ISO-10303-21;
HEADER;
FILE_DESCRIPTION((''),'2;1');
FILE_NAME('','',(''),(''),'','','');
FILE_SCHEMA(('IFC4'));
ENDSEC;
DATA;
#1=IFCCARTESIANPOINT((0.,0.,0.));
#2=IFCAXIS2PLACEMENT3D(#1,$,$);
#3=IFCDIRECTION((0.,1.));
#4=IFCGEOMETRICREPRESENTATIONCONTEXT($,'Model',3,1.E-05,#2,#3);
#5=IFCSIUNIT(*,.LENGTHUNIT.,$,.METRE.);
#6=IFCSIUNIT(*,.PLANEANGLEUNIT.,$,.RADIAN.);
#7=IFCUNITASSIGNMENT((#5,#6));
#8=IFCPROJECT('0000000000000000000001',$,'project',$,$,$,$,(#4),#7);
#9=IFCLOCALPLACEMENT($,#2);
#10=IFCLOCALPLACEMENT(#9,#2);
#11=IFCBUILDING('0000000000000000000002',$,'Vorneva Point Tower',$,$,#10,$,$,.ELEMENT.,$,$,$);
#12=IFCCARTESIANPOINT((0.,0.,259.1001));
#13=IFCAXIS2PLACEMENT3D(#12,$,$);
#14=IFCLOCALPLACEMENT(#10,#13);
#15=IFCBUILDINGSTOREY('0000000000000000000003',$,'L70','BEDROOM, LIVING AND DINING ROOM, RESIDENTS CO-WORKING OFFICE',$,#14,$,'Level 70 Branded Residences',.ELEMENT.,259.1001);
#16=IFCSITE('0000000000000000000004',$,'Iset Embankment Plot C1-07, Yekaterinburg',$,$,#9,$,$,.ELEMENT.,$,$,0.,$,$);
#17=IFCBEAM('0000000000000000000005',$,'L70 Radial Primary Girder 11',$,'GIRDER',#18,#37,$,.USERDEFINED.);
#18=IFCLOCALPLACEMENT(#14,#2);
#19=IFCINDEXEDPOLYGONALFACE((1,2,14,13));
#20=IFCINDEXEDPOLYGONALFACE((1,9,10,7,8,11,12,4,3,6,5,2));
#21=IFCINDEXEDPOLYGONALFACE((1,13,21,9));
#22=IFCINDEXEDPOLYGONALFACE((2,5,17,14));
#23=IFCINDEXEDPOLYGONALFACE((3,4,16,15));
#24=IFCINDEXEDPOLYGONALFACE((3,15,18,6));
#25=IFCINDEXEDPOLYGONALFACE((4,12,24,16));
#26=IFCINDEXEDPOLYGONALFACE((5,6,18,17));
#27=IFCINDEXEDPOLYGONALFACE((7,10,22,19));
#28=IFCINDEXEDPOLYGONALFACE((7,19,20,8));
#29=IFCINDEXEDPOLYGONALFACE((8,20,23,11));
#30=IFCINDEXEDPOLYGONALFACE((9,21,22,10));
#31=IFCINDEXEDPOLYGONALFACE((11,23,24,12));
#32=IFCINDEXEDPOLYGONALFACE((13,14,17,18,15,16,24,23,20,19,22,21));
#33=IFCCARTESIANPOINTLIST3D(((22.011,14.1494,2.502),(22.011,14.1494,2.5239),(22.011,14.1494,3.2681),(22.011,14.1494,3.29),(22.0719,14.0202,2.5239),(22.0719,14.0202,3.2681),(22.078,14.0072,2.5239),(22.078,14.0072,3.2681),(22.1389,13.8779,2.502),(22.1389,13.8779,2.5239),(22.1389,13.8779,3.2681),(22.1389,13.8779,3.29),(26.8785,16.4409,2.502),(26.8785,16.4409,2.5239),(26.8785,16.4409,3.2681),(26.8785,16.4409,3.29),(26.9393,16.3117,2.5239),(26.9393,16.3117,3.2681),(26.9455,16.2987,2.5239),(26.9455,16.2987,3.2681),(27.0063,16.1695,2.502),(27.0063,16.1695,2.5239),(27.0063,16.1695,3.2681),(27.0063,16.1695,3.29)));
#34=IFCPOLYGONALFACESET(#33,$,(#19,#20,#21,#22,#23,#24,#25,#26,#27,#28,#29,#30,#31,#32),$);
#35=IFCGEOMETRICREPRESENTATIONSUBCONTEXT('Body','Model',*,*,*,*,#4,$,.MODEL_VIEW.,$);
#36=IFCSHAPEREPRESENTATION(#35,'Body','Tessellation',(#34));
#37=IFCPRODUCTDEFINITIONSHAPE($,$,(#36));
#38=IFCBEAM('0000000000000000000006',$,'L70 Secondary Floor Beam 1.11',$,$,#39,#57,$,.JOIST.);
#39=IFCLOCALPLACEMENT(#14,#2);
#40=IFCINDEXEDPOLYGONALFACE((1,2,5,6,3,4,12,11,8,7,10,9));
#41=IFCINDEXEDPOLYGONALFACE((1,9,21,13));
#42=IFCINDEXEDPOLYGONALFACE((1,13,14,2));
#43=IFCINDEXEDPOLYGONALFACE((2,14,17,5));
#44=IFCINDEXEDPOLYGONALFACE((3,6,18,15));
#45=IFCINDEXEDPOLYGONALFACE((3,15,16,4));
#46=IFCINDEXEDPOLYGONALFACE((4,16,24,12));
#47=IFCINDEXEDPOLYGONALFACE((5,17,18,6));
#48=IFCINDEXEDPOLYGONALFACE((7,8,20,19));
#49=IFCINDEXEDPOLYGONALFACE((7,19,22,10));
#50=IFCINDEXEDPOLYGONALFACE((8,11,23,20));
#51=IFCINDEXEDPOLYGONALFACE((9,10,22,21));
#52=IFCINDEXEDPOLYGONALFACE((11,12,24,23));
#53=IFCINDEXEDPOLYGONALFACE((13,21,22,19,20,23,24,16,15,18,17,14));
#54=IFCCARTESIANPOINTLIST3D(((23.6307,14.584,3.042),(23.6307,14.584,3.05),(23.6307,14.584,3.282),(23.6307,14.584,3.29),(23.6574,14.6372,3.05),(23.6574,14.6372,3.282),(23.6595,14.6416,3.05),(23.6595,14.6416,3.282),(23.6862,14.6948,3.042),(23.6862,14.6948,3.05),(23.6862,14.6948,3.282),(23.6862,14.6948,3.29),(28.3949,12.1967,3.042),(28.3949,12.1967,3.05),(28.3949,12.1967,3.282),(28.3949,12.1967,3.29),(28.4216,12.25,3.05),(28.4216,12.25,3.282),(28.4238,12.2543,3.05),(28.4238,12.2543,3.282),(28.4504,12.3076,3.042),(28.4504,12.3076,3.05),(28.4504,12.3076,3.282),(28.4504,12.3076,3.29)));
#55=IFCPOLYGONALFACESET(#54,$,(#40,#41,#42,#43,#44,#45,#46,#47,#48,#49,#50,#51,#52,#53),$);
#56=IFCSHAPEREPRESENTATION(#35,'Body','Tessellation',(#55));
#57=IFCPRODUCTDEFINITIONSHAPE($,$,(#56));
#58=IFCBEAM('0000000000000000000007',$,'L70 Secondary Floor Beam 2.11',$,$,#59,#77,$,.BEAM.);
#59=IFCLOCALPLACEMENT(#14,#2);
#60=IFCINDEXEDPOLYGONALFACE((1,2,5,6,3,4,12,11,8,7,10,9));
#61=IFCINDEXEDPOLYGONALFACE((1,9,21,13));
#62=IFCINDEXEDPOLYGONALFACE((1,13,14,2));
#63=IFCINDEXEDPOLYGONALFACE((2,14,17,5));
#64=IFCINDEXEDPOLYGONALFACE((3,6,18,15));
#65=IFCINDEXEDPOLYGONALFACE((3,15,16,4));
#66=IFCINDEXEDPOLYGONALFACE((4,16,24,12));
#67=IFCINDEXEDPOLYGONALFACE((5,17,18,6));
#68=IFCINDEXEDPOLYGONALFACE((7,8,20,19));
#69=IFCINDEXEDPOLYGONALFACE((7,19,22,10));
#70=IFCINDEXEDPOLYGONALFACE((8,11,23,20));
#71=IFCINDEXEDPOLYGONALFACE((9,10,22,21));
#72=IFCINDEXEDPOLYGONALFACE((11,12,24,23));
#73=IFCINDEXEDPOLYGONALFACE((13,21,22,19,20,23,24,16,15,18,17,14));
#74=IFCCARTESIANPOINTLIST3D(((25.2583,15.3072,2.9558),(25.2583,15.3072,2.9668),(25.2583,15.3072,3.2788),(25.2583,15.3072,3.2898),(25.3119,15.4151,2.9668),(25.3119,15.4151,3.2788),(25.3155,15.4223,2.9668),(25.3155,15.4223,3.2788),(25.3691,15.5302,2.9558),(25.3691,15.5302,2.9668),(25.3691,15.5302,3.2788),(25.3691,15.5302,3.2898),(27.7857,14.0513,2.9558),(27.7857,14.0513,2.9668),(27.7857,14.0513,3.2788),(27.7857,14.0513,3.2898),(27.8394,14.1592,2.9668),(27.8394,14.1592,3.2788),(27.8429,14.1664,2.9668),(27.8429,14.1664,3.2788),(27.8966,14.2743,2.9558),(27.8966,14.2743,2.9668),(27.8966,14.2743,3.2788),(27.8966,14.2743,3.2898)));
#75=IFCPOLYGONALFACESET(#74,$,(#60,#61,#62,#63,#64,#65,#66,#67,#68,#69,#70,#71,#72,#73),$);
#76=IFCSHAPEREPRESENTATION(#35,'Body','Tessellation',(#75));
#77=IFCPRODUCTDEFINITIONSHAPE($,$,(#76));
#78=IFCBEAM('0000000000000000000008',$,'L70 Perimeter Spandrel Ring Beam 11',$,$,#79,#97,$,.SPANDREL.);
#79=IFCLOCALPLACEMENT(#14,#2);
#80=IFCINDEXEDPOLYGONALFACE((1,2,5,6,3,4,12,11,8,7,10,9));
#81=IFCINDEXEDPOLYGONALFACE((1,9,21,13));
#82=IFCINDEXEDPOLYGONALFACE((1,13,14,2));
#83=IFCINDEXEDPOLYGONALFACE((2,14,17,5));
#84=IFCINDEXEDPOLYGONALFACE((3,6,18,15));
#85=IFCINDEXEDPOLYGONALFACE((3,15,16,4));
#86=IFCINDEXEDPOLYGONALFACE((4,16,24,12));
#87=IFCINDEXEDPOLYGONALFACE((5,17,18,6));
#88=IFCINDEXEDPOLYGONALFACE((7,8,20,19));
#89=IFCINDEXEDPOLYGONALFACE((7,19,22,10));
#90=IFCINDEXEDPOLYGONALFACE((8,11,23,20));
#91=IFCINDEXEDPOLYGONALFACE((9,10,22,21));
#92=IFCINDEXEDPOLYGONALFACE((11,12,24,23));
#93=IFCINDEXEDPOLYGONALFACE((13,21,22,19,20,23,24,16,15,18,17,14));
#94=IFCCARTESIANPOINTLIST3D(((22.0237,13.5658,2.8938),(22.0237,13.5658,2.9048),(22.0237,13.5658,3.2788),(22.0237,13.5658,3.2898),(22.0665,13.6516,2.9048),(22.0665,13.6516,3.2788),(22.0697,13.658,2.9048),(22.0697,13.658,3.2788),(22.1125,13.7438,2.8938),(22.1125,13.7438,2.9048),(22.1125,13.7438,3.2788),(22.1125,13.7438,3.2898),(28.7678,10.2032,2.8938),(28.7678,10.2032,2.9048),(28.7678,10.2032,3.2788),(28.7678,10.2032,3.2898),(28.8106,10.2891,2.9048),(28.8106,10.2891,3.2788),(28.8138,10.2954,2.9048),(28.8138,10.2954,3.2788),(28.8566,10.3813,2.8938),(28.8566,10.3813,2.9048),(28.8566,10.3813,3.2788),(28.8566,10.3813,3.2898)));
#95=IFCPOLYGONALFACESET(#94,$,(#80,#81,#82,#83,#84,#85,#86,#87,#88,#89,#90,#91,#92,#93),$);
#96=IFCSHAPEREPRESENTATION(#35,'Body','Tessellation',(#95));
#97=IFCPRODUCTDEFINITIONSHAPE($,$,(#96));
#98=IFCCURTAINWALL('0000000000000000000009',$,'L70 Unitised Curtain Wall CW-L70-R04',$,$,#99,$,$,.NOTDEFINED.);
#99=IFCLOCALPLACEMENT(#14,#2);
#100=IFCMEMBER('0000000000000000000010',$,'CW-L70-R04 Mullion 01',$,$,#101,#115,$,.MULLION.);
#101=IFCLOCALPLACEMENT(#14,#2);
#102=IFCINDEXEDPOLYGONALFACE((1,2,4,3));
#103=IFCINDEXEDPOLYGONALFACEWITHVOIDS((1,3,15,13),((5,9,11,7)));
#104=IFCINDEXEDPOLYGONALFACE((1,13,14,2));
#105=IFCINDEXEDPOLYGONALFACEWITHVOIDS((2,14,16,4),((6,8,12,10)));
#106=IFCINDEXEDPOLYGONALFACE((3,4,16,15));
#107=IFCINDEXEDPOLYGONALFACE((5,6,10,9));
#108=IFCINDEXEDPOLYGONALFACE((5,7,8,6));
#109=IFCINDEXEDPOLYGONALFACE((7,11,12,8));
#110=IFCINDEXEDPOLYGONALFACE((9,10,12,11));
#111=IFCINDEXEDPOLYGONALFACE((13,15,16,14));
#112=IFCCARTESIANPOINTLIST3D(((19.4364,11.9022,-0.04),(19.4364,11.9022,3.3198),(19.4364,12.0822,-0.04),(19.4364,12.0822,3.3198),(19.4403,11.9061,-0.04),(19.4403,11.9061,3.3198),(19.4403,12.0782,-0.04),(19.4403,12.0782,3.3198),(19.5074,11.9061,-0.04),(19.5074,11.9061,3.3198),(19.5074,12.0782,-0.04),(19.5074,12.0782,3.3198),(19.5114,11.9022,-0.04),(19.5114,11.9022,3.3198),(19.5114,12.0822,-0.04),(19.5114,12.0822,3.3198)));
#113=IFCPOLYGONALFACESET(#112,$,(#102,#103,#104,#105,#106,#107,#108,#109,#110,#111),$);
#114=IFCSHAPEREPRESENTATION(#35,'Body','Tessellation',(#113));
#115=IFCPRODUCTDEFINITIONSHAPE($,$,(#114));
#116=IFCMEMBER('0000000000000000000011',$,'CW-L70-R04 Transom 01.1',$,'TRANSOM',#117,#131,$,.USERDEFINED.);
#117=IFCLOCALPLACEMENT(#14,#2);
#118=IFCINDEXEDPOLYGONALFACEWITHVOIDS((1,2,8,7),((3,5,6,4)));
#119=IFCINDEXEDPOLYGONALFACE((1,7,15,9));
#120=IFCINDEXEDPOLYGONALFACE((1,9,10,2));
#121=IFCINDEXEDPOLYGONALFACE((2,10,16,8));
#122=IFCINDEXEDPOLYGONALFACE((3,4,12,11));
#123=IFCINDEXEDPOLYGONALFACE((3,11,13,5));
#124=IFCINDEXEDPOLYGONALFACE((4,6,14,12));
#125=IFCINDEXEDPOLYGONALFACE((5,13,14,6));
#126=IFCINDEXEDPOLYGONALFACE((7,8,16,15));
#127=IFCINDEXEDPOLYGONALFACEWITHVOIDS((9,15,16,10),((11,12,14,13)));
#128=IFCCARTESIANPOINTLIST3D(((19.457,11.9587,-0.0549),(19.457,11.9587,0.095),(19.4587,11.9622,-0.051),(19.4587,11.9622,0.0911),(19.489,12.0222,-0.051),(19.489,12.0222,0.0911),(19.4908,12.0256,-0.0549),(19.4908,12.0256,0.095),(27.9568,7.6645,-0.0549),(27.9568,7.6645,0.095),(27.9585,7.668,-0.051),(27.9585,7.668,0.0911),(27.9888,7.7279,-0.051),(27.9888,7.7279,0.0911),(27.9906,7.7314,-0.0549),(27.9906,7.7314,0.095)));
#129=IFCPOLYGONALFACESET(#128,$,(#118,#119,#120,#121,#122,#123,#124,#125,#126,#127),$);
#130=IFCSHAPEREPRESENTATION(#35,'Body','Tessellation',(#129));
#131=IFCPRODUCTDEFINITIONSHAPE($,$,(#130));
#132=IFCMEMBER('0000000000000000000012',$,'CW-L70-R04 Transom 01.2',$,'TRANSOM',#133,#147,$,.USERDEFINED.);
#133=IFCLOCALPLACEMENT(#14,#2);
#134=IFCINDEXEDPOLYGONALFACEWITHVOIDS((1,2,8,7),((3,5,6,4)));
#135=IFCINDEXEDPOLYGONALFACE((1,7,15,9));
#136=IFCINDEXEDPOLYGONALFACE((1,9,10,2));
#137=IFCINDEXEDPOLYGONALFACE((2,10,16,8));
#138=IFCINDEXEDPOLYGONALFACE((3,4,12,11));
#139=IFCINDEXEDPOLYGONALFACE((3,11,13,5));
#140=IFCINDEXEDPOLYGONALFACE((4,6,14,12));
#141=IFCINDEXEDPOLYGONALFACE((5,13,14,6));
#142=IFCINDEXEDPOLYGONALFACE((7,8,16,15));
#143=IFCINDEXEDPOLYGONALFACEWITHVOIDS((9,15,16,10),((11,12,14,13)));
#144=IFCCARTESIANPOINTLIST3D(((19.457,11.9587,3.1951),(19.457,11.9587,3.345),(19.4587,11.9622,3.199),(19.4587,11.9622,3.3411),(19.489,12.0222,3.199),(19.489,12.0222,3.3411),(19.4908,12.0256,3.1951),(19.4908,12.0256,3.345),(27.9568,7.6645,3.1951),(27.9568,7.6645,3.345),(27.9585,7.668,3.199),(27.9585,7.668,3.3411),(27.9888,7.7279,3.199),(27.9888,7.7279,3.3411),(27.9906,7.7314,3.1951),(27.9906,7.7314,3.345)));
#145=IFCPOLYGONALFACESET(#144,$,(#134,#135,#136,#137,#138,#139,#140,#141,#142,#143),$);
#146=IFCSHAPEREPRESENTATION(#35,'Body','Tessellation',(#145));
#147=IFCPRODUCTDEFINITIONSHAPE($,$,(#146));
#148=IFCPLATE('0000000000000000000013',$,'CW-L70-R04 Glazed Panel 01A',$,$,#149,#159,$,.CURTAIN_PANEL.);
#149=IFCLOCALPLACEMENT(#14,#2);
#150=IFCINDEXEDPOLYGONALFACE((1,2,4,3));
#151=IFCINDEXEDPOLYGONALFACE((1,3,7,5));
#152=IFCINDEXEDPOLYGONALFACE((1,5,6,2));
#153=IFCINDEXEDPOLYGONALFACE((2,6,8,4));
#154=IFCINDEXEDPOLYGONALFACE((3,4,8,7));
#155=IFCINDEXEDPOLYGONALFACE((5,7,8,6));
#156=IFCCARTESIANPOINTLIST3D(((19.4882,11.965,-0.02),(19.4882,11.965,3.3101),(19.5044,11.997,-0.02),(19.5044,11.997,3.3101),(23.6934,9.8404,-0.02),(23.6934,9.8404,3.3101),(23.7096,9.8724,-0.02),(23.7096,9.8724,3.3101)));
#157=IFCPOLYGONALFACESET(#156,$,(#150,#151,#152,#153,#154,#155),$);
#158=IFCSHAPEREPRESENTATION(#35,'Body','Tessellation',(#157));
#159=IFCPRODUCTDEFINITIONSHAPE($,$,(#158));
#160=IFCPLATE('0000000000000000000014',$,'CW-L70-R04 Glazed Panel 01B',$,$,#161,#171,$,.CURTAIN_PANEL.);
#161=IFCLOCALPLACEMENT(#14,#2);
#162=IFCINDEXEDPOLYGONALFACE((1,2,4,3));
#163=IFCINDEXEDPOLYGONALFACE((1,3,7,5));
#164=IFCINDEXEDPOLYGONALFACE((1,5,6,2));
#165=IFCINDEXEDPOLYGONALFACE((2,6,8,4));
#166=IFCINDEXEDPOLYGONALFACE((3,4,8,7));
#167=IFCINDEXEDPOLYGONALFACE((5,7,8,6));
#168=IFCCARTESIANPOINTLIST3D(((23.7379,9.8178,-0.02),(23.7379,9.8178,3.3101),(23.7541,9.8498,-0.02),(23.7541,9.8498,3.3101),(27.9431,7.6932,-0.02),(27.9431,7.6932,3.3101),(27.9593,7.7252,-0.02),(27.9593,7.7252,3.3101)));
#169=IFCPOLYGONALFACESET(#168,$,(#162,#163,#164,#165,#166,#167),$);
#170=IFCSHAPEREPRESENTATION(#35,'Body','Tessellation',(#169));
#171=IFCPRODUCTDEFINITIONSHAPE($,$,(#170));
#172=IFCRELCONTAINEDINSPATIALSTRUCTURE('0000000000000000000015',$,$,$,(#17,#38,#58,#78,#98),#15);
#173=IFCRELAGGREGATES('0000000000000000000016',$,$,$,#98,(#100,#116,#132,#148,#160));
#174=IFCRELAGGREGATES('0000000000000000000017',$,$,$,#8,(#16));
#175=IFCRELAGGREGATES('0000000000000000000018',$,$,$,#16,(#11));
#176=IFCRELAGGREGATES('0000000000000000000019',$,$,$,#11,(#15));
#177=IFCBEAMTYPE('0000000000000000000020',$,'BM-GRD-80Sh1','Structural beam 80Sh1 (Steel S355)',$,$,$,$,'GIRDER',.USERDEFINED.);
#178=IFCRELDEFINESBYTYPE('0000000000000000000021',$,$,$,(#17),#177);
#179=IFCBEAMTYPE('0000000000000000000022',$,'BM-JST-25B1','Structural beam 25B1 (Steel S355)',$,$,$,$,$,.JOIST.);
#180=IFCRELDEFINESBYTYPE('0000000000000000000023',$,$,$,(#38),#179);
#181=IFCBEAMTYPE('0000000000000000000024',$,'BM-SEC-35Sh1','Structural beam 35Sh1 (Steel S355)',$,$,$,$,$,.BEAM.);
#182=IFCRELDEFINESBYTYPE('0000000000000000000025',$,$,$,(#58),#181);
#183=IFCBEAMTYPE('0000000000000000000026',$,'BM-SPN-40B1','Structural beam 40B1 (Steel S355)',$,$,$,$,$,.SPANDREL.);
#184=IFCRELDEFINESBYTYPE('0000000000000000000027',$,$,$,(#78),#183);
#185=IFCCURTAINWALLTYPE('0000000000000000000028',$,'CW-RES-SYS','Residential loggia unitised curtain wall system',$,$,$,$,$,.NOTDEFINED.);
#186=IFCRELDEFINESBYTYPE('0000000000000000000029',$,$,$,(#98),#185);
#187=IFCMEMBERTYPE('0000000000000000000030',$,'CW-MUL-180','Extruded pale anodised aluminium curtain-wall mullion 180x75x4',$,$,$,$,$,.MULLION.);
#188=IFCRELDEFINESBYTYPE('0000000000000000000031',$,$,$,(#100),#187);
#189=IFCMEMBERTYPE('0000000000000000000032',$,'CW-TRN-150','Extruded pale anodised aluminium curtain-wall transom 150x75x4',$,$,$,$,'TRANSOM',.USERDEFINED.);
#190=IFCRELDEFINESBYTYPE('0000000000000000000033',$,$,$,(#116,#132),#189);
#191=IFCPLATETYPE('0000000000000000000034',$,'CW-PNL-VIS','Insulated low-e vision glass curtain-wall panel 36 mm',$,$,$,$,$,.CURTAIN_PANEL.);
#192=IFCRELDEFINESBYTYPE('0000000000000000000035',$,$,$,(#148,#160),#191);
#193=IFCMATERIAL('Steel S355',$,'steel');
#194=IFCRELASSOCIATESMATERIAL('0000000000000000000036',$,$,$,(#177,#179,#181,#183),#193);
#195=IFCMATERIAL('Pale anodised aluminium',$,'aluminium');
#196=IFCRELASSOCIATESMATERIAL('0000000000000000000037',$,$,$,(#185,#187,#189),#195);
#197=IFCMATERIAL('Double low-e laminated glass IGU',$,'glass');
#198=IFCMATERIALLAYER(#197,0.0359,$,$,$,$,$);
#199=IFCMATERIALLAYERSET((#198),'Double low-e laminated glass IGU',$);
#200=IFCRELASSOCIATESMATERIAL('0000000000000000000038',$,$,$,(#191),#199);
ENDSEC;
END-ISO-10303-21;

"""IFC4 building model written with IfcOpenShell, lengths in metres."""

from ifc_helpers import new_model, si_unit, direction, frame, origin, origin_2d, place, context, subcontext, project, spatial, rectangle, hollow_rectangle, i_section, extrude, material, layer, layer_set, material_profile, profile_set, type_object, element, aggregate, save


model = new_model("IFC4")

# Units and contexts
model_context = context("Model", 3, precision=1e-05, world=origin(), true_north=direction((0.0, 1.0)))
body_context = subcontext(model_context, "Body", "Model", "MODEL_VIEW")
ifc_project = project(units=[si_unit("LENGTHUNIT", "METRE"), si_unit("PLANEANGLEUNIT", "RADIAN")], contexts=[model_context])

# Site, building, storey
site_placement = place(None, origin())
site = spatial("IfcSite", under=ifc_project, at=site_placement, Name="Iset Embankment Plot C1-07, Yekaterinburg", CompositionType="ELEMENT", RefElevation=0.0)
building_placement = place(site_placement, origin())
building = spatial("IfcBuilding", under=site, at=building_placement, Name="Vorneva Point Tower", CompositionType="ELEMENT")
storey_placement = place(building_placement, frame((0.0, 0.0, 259.1001)))
storey = spatial("IfcBuildingStorey", under=building, at=storey_placement, Name="L70", Description="BEDROOM, LIVING AND DINING ROOM, RESIDENTS CO-WORKING OFFICE", LongName="Level 70 Branded Residences", CompositionType="ELEMENT", Elevation=259.1001)

# Beams
ifc_material_1 = material(Name="Steel S355", Category="steel")
ifc_material_profile_1 = material_profile(ifc_material_1, i_section(OverallWidth=0.3, OverallDepth=0.7881, WebThickness=0.0144, FlangeThickness=0.022, at=origin_2d()), Name="80Sh1")
ifc_profile_set_1 = profile_set([ifc_material_profile_1], Name="Steel S355")
beam_type_1 = type_object("IfcBeamType", Name="BM-GRD-80Sh1", Description="Structural beam 80Sh1 (Steel S355)", ElementType="GIRDER", PredefinedType="USERDEFINED", material=ifc_profile_set_1)
beam_1_placement = place(storey_placement, frame((22.075, 14.0137, 2.896), z_axis=(0.904751, 0.425941, 0.0), x_axis=(-0.425941, 0.904751, 0.0)))
element("IfcBeam", 1, at=beam_1_placement, inside=storey, type_object=beam_type_1, Name="L70 Radial Primary Girder 11", ObjectType="GIRDER", PredefinedType="USERDEFINED", context=body_context, shape_type="SweptSolid", body=[
    extrude(i_section(OverallWidth=0.3, OverallDepth=0.7881, WebThickness=0.0144, FlangeThickness=0.022, at=origin_2d()), origin(), (0.0, 0.0, 1.0), 5.3799),
])
ifc_material_profile_2 = material_profile(ifc_material_1, i_section(OverallWidth=0.124, OverallDepth=0.248, WebThickness=0.0049, FlangeThickness=0.0081, at=origin_2d()), Name="25B1")
ifc_profile_set_2 = profile_set([ifc_material_profile_2], Name="Steel S355")
beam_type_2 = type_object("IfcBeamType", Name="BM-JST-25B1", Description="Structural beam 25B1 (Steel S355)", PredefinedType="JOIST", material=ifc_profile_set_2)
beam_2_placement = place(storey_placement, frame((23.6584, 14.6394, 3.166), z_axis=(0.894042, -0.447983, 0.0), x_axis=(0.447983, 0.894042, 0.0)))
element("IfcBeam", 2, at=beam_2_placement, inside=storey, type_object=beam_type_2, Name="L70 Secondary Floor Beam 1.11", PredefinedType="JOIST", context=body_context, shape_type="SweptSolid", body=[
    extrude(i_section(OverallWidth=0.124, OverallDepth=0.248, WebThickness=0.0049, FlangeThickness=0.0081, at=origin_2d()), origin(), (0.0, 0.0, 1.0), 5.3289),
])
ifc_material_profile_3 = material_profile(ifc_material_1, i_section(OverallWidth=0.249, OverallDepth=0.334, WebThickness=0.0081, FlangeThickness=0.011, at=origin_2d()), Name="35Sh1")
ifc_profile_set_3 = profile_set([ifc_material_profile_3], Name="Steel S355")
beam_type_3 = type_object("IfcBeamType", Name="BM-SEC-35Sh1", Description="Structural beam 35Sh1 (Steel S355)", PredefinedType="BEAM", material=ifc_profile_set_3)
beam_3_placement = place(storey_placement, frame((25.3137, 15.4187, 3.1228), z_axis=(0.895532, -0.444998, 0.0), x_axis=(0.444998, 0.895532, 0.0)))
element("IfcBeam", 3, at=beam_3_placement, inside=storey, type_object=beam_type_3, Name="L70 Secondary Floor Beam 2.11", PredefinedType="BEAM", context=body_context, shape_type="SweptSolid", body=[
    extrude(i_section(OverallWidth=0.249, OverallDepth=0.334, WebThickness=0.0081, FlangeThickness=0.011, at=origin_2d()), origin(), (0.0, 0.0, 1.0), 2.8223),
])
ifc_material_profile_4 = material_profile(ifc_material_1, i_section(OverallWidth=0.199, OverallDepth=0.396, WebThickness=0.0071, FlangeThickness=0.011, at=origin_2d()), Name="40B1")
ifc_profile_set_4 = profile_set([ifc_material_profile_4], Name="Steel S355")
beam_type_4 = type_object("IfcBeamType", Name="BM-SPN-40B1", Description="Structural beam 40B1 (Steel S355)", PredefinedType="SPANDREL", material=ifc_profile_set_4)
beam_4_placement = place(storey_placement, frame((22.0681, 13.6548, 3.0918), z_axis=(0.894932, -0.446203, 0.0), x_axis=(0.446203, 0.894932, 0.0)))
element("IfcBeam", 4, at=beam_4_placement, inside=storey, type_object=beam_type_4, Name="L70 Perimeter Spandrel Ring Beam 11", PredefinedType="SPANDREL", context=body_context, shape_type="SweptSolid", body=[
    extrude(i_section(OverallWidth=0.199, OverallDepth=0.396, WebThickness=0.0071, FlangeThickness=0.011, at=origin_2d()), origin(), (0.0, 0.0, 1.0), 7.5359),
])

# Curtain wall, members, plates
ifc_material_2 = material(Name="Pale anodised aluminium", Category="aluminium")
curtain_wall_type = type_object("IfcCurtainWallType", Name="CW-RES-SYS", Description="Residential loggia unitised curtain wall system", PredefinedType="NOTDEFINED", material=ifc_material_2)
curtain_wall_placement = place(storey_placement, origin())
curtain_wall = element("IfcCurtainWall", 5, at=curtain_wall_placement, inside=storey, type_object=curtain_wall_type, Name="L70 Unitised Curtain Wall CW-L70-R04", PredefinedType="NOTDEFINED")
ifc_material_profile_5 = material_profile(ifc_material_2, hollow_rectangle(XDim=0.075, YDim=0.1799, WallThickness=0.0039, at=origin_2d()), Name="AL-MUL 180x75x4")
ifc_profile_set_5 = profile_set([ifc_material_profile_5], Name="Pale anodised aluminium")
member_type_1 = type_object("IfcMemberType", Name="CW-MUL-180", Description="Extruded pale anodised aluminium curtain-wall mullion 180x75x4", PredefinedType="MULLION", material=ifc_profile_set_5)
member_1_placement = place(storey_placement, frame((19.4739, 11.9922, -0.04), z_axis=(0.0, 0.0, 1.0), x_axis=(1.0, 0.0, 0.0)))
member_1 = element("IfcMember", 6, at=member_1_placement, type_object=member_type_1, Name="CW-L70-R04 Mullion 01", PredefinedType="MULLION", context=body_context, shape_type="SweptSolid", body=[
    extrude(hollow_rectangle(XDim=0.075, YDim=0.1799, WallThickness=0.0039, at=origin_2d()), origin(), (0.0, 0.0, 1.0), 3.3599),
])
ifc_material_profile_6 = material_profile(ifc_material_2, hollow_rectangle(XDim=0.075, YDim=0.1499, WallThickness=0.0039, at=origin_2d()), Name="AL-TRN 150x75x4")
ifc_profile_set_6 = profile_set([ifc_material_profile_6], Name="Pale anodised aluminium")
member_type_2 = type_object("IfcMemberType", Name="CW-TRN-150", Description="Extruded pale anodised aluminium curtain-wall transom 150x75x4", ElementType="TRANSOM", PredefinedType="USERDEFINED", material=ifc_profile_set_6)
member_2_placement = place(storey_placement, frame((19.4739, 11.9922, 0.02), z_axis=(0.892558, -0.450932, 0.0), x_axis=(0.450932, 0.892558, 0.0)))
member_2 = element("IfcMember", 7, at=member_2_placement, type_object=member_type_2, Name="CW-L70-R04 Transom 01.1", ObjectType="TRANSOM", PredefinedType="USERDEFINED", context=body_context, shape_type="SweptSolid", body=[
    extrude(hollow_rectangle(XDim=0.075, YDim=0.1499, WallThickness=0.0039, at=origin_2d()), origin(), (0.0, 0.0, 1.0), 9.5229),
])
member_3_placement = place(storey_placement, frame((19.4739, 11.9922, 3.27), z_axis=(0.892558, -0.450932, 0.0), x_axis=(0.450932, 0.892558, 0.0)))
member_3 = element("IfcMember", 8, at=member_3_placement, type_object=member_type_2, Name="CW-L70-R04 Transom 01.2", ObjectType="TRANSOM", PredefinedType="USERDEFINED", context=body_context, shape_type="SweptSolid", body=[
    extrude(hollow_rectangle(XDim=0.075, YDim=0.1499, WallThickness=0.0039, at=origin_2d()), origin(), (0.0, 0.0, 1.0), 9.5229),
])
ifc_material_3 = material(Name="Double low-e laminated glass IGU", Category="glass")
ifc_layer_1 = layer(ifc_material_3, 0.0359)
ifc_layer_set_1 = layer_set([ifc_layer_1], Name="Double low-e laminated glass IGU")
plate_type = type_object("IfcPlateType", Name="CW-PNL-VIS", Description="Insulated low-e vision glass curtain-wall panel 36 mm", PredefinedType="CURTAIN_PANEL", material=ifc_layer_set_1)
plate_1_placement = place(storey_placement, frame((21.5989, 10.9187, -0.02), z_axis=(0.0, 0.0, 1.0), x_axis=(0.892554, -0.45094, 0.0)))
plate_1 = element("IfcPlate", 9, at=plate_1_placement, type_object=plate_type, Name="CW-L70-R04 Glazed Panel 01A", PredefinedType="CURTAIN_PANEL", context=body_context, shape_type="SweptSolid", body=[
    extrude(rectangle(XDim=4.7114, YDim=0.0359, at=origin_2d()), origin(), (0.0, 0.0, 1.0), 3.3301),
])
plate_2_placement = place(storey_placement, frame((25.8486, 8.7715, -0.02), z_axis=(0.0, 0.0, 1.0), x_axis=(0.892554, -0.45094, 0.0)))
plate_2 = element("IfcPlate", 10, at=plate_2_placement, type_object=plate_type, Name="CW-L70-R04 Glazed Panel 01B", PredefinedType="CURTAIN_PANEL", context=body_context, shape_type="SweptSolid", body=[
    extrude(rectangle(XDim=4.7114, YDim=0.0359, at=origin_2d()), origin(), (0.0, 0.0, 1.0), 3.3301),
])
aggregate(curtain_wall, [member_1, member_2, member_3, plate_1, plate_2])

save(model, "model.ifc")
